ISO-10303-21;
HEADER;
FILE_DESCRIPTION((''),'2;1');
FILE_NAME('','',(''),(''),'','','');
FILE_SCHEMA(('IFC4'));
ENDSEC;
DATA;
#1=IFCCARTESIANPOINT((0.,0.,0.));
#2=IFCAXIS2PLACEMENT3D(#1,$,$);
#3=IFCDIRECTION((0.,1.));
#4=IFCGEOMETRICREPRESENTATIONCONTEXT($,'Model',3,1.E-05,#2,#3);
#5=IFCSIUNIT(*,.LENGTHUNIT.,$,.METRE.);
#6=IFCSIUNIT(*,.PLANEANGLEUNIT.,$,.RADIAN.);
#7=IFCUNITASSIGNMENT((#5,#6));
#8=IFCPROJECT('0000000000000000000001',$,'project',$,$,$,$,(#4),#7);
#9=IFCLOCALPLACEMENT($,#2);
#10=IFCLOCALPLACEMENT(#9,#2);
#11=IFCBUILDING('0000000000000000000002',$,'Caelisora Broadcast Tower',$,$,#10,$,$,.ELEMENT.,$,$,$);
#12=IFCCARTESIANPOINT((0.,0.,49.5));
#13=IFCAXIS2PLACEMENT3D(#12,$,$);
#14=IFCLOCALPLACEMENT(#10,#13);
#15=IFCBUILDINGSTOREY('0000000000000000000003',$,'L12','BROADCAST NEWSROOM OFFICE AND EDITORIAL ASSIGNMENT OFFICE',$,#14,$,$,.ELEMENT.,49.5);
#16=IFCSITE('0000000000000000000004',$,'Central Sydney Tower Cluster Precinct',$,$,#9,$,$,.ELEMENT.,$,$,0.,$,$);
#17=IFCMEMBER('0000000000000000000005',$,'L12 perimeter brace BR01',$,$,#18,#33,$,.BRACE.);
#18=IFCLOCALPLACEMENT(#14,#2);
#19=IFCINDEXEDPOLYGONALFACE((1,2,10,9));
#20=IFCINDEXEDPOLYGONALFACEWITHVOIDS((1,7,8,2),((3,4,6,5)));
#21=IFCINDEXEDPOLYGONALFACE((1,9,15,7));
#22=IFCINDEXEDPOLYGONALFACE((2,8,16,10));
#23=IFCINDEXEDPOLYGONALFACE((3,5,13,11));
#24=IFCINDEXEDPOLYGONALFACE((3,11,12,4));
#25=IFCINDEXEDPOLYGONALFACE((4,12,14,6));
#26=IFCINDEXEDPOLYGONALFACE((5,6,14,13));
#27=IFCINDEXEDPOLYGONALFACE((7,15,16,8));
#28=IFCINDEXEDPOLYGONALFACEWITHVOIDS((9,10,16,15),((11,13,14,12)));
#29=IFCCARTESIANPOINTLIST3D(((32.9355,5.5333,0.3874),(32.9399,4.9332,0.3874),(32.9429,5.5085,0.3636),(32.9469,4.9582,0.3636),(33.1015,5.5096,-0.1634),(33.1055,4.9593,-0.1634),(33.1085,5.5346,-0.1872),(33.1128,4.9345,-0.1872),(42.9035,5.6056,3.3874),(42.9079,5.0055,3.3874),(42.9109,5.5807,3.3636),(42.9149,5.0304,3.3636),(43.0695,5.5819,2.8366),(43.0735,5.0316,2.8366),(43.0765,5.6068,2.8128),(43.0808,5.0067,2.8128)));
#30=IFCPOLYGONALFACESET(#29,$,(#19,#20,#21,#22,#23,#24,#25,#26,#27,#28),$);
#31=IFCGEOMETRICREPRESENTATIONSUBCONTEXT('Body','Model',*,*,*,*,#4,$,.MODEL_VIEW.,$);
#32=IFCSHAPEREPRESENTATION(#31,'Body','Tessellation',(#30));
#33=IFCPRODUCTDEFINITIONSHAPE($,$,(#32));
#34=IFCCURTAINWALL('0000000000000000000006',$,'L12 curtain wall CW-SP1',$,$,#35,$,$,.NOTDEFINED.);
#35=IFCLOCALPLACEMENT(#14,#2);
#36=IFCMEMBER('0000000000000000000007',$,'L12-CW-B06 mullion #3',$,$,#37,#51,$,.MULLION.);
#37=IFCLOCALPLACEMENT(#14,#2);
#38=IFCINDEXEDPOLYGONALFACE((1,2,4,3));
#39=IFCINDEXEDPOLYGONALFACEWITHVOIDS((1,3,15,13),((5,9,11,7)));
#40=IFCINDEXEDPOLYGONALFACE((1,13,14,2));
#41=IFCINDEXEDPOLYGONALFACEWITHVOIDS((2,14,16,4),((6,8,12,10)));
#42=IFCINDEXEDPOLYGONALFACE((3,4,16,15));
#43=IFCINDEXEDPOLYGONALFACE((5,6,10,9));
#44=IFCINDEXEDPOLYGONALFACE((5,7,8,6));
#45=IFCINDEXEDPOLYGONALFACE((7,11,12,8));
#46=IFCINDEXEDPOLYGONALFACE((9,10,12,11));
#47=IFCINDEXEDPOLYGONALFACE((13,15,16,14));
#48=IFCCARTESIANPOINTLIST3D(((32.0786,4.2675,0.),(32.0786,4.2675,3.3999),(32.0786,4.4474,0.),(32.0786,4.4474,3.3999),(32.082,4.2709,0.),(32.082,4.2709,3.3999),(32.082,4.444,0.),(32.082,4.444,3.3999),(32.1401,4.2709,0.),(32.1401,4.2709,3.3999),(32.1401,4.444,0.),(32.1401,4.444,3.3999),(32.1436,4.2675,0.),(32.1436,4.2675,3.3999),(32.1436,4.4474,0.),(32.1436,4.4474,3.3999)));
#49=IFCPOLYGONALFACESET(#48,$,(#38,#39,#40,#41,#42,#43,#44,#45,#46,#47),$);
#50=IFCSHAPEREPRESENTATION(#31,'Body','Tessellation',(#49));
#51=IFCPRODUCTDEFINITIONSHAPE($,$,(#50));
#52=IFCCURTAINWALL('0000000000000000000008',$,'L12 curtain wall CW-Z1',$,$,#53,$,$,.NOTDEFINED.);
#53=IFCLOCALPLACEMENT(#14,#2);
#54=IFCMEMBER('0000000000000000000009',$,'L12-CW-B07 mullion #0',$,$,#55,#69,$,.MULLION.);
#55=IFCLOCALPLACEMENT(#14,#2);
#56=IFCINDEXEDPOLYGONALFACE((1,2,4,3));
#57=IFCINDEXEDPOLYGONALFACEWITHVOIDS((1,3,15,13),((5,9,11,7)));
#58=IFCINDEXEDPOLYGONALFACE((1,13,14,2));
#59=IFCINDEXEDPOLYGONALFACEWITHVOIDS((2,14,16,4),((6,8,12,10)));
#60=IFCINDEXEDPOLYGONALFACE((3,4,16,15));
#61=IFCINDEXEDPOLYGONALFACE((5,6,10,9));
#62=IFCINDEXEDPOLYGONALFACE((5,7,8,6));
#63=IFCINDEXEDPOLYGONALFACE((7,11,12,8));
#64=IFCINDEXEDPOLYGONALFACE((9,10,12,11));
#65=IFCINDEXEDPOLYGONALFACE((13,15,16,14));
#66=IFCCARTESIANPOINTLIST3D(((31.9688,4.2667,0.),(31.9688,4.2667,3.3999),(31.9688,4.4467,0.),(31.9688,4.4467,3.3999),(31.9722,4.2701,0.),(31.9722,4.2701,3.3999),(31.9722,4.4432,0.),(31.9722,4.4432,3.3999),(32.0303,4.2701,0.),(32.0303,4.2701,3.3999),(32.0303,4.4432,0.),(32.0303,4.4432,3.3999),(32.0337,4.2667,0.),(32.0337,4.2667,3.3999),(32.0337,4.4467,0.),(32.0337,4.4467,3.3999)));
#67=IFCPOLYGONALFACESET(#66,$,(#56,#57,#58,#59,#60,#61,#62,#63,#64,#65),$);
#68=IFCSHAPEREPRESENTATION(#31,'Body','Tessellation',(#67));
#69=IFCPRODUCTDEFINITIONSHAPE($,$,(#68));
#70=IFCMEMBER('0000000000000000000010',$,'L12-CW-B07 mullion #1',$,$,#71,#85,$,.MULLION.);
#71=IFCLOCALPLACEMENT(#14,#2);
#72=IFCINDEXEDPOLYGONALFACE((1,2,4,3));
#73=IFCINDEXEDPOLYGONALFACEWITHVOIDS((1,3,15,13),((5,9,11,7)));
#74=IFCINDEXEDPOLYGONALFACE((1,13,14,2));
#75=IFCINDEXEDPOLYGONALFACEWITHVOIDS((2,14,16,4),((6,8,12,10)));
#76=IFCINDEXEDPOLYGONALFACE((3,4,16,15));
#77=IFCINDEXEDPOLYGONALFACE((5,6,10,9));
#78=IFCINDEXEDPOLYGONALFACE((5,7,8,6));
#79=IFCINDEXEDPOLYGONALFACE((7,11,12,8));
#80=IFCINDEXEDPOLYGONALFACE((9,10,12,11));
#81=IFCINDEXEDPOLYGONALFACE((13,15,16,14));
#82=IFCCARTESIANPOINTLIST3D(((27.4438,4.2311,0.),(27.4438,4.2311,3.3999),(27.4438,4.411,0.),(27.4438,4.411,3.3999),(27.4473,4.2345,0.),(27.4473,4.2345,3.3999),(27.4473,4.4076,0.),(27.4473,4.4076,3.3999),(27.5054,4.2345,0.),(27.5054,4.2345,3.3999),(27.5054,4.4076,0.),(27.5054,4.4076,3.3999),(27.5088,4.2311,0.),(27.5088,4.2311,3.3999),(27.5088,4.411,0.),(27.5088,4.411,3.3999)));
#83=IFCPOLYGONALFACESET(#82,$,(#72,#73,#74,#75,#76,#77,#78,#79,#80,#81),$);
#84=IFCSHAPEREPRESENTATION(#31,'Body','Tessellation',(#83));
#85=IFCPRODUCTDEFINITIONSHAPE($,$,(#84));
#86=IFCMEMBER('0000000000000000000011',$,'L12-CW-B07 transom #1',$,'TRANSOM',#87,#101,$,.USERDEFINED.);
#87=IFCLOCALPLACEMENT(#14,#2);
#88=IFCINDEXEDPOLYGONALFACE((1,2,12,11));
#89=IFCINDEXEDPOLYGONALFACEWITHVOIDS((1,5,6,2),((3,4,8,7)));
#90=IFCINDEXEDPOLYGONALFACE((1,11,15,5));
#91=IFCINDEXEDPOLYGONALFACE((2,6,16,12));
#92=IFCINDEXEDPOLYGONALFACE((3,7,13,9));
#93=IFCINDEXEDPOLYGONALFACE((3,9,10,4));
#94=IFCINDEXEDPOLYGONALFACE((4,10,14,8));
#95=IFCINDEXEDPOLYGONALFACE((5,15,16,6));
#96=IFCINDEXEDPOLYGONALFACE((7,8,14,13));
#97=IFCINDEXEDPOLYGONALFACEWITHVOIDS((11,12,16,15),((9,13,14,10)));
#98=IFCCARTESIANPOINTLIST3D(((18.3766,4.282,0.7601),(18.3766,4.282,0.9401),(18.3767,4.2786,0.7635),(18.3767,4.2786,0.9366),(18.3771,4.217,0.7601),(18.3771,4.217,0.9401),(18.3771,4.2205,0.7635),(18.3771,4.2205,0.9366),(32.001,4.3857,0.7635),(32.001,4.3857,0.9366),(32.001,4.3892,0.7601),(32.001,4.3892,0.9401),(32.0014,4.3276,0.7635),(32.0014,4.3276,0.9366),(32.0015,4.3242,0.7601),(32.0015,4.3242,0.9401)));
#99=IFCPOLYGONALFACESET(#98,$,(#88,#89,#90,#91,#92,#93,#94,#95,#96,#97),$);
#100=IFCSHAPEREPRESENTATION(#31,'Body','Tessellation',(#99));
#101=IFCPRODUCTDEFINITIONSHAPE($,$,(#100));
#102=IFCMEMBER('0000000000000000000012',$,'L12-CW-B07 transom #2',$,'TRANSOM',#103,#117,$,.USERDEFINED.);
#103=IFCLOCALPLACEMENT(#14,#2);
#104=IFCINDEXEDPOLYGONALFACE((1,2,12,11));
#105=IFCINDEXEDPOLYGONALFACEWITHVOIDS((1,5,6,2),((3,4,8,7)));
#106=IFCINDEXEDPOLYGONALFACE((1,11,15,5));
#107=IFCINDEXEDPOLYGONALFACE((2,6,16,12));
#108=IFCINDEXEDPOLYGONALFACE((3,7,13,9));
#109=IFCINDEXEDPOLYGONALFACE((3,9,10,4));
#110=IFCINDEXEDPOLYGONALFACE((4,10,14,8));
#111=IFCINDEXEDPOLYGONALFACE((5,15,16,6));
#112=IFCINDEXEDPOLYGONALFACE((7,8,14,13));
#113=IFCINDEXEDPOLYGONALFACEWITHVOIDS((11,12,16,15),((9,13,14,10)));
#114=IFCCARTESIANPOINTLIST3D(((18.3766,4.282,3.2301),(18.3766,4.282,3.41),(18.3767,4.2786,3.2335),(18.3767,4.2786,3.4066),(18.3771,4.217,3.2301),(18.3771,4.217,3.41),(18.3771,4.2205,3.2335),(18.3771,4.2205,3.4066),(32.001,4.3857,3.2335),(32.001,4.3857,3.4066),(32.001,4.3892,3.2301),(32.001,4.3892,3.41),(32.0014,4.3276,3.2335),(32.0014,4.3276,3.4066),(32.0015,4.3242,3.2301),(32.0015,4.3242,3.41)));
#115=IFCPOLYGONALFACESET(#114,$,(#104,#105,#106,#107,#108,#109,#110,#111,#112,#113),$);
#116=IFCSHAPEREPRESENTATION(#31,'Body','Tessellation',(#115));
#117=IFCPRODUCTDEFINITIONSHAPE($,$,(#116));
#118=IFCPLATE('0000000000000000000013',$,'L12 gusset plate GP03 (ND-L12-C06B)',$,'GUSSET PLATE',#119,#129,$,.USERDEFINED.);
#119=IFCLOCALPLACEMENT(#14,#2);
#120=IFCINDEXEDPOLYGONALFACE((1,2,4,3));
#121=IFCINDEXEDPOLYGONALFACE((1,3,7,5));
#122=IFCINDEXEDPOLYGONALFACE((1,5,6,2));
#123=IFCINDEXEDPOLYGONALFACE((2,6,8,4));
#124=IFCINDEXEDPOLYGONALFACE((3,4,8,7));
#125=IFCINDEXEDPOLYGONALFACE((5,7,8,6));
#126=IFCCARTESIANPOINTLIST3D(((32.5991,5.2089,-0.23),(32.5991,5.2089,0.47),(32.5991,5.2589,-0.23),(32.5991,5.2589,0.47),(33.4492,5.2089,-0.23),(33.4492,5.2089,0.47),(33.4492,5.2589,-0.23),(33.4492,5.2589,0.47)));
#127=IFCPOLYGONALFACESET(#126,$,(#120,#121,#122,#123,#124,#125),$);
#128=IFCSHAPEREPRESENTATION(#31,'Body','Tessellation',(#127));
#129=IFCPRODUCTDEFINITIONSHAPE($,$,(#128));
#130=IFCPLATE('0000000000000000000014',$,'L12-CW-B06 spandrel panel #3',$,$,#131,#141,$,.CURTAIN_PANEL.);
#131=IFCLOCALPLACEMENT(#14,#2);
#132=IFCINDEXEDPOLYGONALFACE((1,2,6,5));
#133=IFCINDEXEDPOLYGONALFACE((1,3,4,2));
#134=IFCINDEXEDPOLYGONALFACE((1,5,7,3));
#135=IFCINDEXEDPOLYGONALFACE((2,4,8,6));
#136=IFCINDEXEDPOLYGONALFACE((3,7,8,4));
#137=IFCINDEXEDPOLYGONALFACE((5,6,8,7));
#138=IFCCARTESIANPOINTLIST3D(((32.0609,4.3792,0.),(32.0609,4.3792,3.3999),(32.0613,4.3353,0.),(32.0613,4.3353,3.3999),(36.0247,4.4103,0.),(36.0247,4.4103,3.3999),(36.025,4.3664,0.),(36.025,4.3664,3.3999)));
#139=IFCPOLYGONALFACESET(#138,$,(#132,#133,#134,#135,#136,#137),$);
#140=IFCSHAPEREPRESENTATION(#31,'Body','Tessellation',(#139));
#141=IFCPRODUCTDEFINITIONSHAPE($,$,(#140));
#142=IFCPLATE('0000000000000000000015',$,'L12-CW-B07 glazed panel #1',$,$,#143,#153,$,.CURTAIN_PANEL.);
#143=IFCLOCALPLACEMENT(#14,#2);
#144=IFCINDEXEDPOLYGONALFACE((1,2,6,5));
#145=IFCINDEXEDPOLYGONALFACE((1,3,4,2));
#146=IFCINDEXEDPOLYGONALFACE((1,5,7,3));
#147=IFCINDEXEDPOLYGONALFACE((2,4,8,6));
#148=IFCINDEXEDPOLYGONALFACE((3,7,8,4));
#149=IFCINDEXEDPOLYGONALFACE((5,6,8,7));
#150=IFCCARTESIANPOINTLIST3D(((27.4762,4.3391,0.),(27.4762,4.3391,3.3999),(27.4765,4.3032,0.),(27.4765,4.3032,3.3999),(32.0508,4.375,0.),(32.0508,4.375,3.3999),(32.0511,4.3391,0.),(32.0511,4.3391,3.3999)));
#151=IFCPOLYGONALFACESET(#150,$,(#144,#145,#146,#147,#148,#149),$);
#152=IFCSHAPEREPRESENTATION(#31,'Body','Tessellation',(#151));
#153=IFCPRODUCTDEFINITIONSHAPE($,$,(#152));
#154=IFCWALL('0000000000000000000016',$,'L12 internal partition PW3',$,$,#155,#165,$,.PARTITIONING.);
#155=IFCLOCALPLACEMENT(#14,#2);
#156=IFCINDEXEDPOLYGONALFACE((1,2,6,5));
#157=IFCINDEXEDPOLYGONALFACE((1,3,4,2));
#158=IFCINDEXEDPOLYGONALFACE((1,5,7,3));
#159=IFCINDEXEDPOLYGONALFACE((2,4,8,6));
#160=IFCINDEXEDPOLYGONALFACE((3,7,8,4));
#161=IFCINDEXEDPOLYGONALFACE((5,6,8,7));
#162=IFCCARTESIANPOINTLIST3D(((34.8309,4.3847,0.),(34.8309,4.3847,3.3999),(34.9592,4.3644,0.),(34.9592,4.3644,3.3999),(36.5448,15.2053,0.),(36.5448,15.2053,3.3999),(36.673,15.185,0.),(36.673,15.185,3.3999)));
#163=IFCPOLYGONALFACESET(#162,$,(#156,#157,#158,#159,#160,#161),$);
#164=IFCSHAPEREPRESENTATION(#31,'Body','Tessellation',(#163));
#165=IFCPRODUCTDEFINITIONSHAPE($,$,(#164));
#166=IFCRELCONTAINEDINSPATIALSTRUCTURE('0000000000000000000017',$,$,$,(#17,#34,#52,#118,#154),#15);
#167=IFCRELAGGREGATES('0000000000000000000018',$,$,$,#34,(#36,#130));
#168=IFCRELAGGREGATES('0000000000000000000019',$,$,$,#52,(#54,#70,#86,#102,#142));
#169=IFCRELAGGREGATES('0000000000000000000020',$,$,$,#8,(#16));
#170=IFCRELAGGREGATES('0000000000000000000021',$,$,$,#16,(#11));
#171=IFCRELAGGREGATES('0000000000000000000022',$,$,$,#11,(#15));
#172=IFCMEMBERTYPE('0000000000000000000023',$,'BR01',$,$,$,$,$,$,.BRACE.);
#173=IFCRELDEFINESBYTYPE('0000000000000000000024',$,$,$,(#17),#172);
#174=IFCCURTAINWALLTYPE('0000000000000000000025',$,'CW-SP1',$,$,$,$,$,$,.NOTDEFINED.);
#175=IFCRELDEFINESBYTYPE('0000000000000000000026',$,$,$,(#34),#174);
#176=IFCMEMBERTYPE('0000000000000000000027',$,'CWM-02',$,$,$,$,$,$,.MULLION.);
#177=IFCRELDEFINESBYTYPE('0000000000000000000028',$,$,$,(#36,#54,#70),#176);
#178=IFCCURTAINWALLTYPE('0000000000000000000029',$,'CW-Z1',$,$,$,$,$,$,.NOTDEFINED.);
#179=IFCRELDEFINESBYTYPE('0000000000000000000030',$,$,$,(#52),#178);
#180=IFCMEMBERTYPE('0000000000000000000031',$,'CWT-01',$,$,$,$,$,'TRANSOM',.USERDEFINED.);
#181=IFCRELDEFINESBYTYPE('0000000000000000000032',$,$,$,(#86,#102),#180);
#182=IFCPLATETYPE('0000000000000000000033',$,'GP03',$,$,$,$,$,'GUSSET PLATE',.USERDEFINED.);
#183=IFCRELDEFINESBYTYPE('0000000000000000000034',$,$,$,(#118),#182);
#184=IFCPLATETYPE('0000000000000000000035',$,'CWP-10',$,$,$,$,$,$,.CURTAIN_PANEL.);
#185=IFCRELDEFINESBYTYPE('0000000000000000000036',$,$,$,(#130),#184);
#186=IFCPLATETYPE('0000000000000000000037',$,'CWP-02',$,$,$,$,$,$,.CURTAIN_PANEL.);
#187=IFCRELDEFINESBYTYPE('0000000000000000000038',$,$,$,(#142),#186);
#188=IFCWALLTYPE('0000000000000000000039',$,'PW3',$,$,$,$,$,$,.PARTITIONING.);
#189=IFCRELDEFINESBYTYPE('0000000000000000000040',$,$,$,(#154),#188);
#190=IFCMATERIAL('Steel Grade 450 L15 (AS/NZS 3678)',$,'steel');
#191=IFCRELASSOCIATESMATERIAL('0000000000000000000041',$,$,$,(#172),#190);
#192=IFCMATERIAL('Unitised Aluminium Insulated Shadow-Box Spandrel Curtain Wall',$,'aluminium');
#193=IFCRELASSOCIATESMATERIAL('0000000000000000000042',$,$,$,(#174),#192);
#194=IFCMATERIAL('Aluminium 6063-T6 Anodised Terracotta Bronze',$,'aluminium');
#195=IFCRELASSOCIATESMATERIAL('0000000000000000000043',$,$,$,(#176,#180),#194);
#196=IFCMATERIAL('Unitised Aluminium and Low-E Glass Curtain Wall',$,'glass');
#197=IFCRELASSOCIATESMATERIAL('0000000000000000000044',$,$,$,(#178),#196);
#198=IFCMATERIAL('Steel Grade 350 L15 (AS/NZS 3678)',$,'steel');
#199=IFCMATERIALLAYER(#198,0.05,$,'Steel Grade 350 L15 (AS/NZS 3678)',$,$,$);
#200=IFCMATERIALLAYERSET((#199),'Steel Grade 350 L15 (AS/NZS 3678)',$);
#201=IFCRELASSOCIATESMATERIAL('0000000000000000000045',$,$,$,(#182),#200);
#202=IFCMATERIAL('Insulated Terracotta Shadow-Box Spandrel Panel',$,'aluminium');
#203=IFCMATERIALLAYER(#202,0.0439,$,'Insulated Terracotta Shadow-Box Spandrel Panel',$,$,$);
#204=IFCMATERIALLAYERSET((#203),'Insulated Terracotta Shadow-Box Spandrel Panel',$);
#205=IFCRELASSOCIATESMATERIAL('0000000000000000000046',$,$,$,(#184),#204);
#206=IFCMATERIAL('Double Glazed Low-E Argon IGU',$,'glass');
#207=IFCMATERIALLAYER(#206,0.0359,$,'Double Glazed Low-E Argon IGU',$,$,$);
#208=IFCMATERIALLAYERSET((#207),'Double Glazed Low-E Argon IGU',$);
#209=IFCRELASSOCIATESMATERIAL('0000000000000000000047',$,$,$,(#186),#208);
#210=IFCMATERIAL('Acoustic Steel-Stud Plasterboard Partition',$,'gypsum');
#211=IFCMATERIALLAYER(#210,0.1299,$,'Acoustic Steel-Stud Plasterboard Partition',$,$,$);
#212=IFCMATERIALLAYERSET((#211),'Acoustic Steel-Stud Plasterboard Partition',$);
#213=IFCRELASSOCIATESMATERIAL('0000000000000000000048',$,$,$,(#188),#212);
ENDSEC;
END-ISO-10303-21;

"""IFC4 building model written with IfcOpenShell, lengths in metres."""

from ifc_helpers import new_model, si_unit, direction, frame, frame_2d, origin, origin_2d, place, context, subcontext, project, spatial, rectangle, hollow_rectangle, extrude, source, transform, mapped, material, layer, layer_set, material_profile, profile_set, type_object, type_shapes, element, aggregate, save


model = new_model("IFC4")

# Units and contexts
model_context = context("Model", 3, precision=1e-05, world=origin(), true_north=direction((0.0, 1.0)))
body_context = subcontext(model_context, "Body", "Model", "MODEL_VIEW")
ifc_project = project(units=[si_unit("LENGTHUNIT", "METRE"), si_unit("PLANEANGLEUNIT", "RADIAN")], contexts=[model_context])

# Site, building, storey
site_placement = place(None, origin())
site = spatial("IfcSite", under=ifc_project, at=site_placement, Name="Central Sydney Tower Cluster Precinct", CompositionType="ELEMENT", RefElevation=0.0)
building_placement = place(site_placement, origin())
building = spatial("IfcBuilding", under=site, at=building_placement, Name="Caelisora Broadcast Tower", CompositionType="ELEMENT")
storey_placement = place(building_placement, frame((0.0, 0.0, 49.5)))
storey = spatial("IfcBuildingStorey", under=building, at=storey_placement, Name="L12", Description="BROADCAST NEWSROOM OFFICE AND EDITORIAL ASSIGNMENT OFFICE", CompositionType="ELEMENT", Elevation=49.5)

# Shared definitions
ifc_material_1 = material(Name="Steel Grade 350 L15 (AS/NZS 3678)", Category="steel")

# Member
ifc_material_2 = material(Name="Steel Grade 450 L15 (AS/NZS 3678)", Category="steel")
ifc_material_profile_1 = material_profile(ifc_material_2, hollow_rectangle(XDim=0.6001, YDim=0.6001, WallThickness=0.0249, at=origin_2d()), Name="Steel Grade 450 L15 (AS/NZS 3678)")
ifc_profile_set_1 = profile_set([ifc_material_profile_1], Name="Steel Grade 450 L15 (AS/NZS 3678)")
member_type_1 = type_object("IfcMemberType", Name="BR01", PredefinedType="BRACE", material=ifc_profile_set_1)
shared_shape_1 = source(origin(), body_context, "Body", "SweptSolid", [
    extrude(hollow_rectangle(XDim=0.6001, YDim=0.6001, WallThickness=0.0249, at=origin_2d()), origin(), (0.0, 0.0, 1.0), 10.4099),
])
type_shapes(member_type_1, [shared_shape_1])
member_1_placement = place(storey_placement, frame((33.0242, 5.2339, 0.1001), z_axis=(0.957549, 0.006942, 0.288186), x_axis=(-0.00725, 0.999974, 0.0)))
element("IfcMember", 1, at=member_1_placement, inside=storey, type_object=member_type_1, Name="L12 perimeter brace BR01", PredefinedType="BRACE", context=body_context, shape_type="MappedRepresentation", body=[
    mapped(shared_shape_1, transform((0.0, 0.0, 0.0), scale=1.0)),
])

# Curtain wall, member
ifc_material_3 = material(Name="Unitised Aluminium Insulated Shadow-Box Spandrel Curtain Wall", Category="aluminium")
curtain_wall_type_1 = type_object("IfcCurtainWallType", Name="CW-SP1", PredefinedType="NOTDEFINED", material=ifc_material_3)
curtain_wall_1_placement = place(storey_placement, origin())
curtain_wall_1 = element("IfcCurtainWall", 2, at=curtain_wall_1_placement, inside=storey, type_object=curtain_wall_type_1, Name="L12 curtain wall CW-SP1", PredefinedType="NOTDEFINED")
ifc_material_4 = material(Name="Aluminium 6063-T6 Anodised Terracotta Bronze", Category="aluminium")
ifc_material_profile_2 = material_profile(ifc_material_4, hollow_rectangle(XDim=0.0649, YDim=0.1799, WallThickness=0.0034, at=origin_2d()), Name="Aluminium 6063-T6 Anodised Terracotta Bronze")
ifc_profile_set_2 = profile_set([ifc_material_profile_2], Name="Aluminium 6063-T6 Anodised Terracotta Bronze")
member_type_2 = type_object("IfcMemberType", Name="CWM-02", PredefinedType="MULLION", material=ifc_profile_set_2)
shared_shape_2 = source(origin(), body_context, "Body", "SweptSolid", [
    extrude(hollow_rectangle(XDim=0.0649, YDim=0.1799, WallThickness=0.0034, at=origin_2d()), origin(), (0.0, 0.0, 1.0), 3.3999),
])
type_shapes(member_type_2, [shared_shape_2])
member_2_placement = place(storey_placement, frame((32.1111, 4.3574, 0.0), z_axis=(0.0, 0.0, 1.0), x_axis=(1.0, 0.0, 0.0)))
member_2 = element("IfcMember", 3, at=member_2_placement, type_object=member_type_2, Name="L12-CW-B06 mullion #3", PredefinedType="MULLION", context=body_context, shape_type="MappedRepresentation", body=[
    mapped(shared_shape_2, transform((0.0, 0.0, 0.0), scale=1.0)),
])

# Curtain wall, members
ifc_material_5 = material(Name="Unitised Aluminium and Low-E Glass Curtain Wall", Category="glass")
curtain_wall_type_2 = type_object("IfcCurtainWallType", Name="CW-Z1", PredefinedType="NOTDEFINED", material=ifc_material_5)
curtain_wall_2_placement = place(storey_placement, origin())
curtain_wall_2 = element("IfcCurtainWall", 4, at=curtain_wall_2_placement, inside=storey, type_object=curtain_wall_type_2, Name="L12 curtain wall CW-Z1", PredefinedType="NOTDEFINED")
member_3_placement = place(storey_placement, frame((32.0012, 4.3567, 0.0), z_axis=(0.0, 0.0, 1.0), x_axis=(1.0, 0.0, 0.0)))
member_3 = element("IfcMember", 5, at=member_3_placement, type_object=member_type_2, Name="L12-CW-B07 mullion #0", PredefinedType="MULLION", context=body_context, shape_type="MappedRepresentation", body=[
    mapped(shared_shape_2, transform((0.0, 0.0, 0.0), scale=1.0)),
])
member_4_placement = place(storey_placement, frame((27.4763, 4.321, 0.0), z_axis=(0.0, 0.0, 1.0), x_axis=(1.0, 0.0, 0.0)))
member_4 = element("IfcMember", 6, at=member_4_placement, type_object=member_type_2, Name="L12-CW-B07 mullion #1", PredefinedType="MULLION", context=body_context, shape_type="MappedRepresentation", body=[
    mapped(shared_shape_2, transform((0.0, 0.0, 0.0), scale=1.0)),
])
ifc_material_profile_3 = material_profile(ifc_material_4, hollow_rectangle(XDim=0.0649, YDim=0.1799, WallThickness=0.0034, at=origin_2d()), Name="Aluminium 6063-T6 Anodised Terracotta Bronze")
ifc_profile_set_3 = profile_set([ifc_material_profile_3], Name="Aluminium 6063-T6 Anodised Terracotta Bronze")
member_type_3 = type_object("IfcMemberType", Name="CWT-01", ElementType="TRANSOM", PredefinedType="USERDEFINED", material=ifc_profile_set_3)
shared_shape_3 = source(origin(), body_context, "Body", "SweptSolid", [
    extrude(hollow_rectangle(XDim=0.0649, YDim=0.1799, WallThickness=0.0034, at=origin_2d()), origin(), (0.0, 0.0, 1.0), 13.6248),
])
type_shapes(member_type_3, [shared_shape_3])
member_5_placement = place(storey_placement, frame((32.0012, 4.3567, 0.8501), z_axis=(-0.999969, -0.007866, 0.0), x_axis=(0.007866, -0.999969, 0.0)))
member_5 = element("IfcMember", 7, at=member_5_placement, type_object=member_type_3, Name="L12-CW-B07 transom #1", ObjectType="TRANSOM", PredefinedType="USERDEFINED", context=body_context, shape_type="MappedRepresentation", body=[
    mapped(shared_shape_3, transform((0.0, 0.0, 0.0), scale=1.0)),
])
member_6_placement = place(storey_placement, frame((32.0012, 4.3567, 3.3201), z_axis=(-0.999969, -0.007866, 0.0), x_axis=(0.007866, -0.999969, 0.0)))
member_6 = element("IfcMember", 8, at=member_6_placement, type_object=member_type_3, Name="L12-CW-B07 transom #2", ObjectType="TRANSOM", PredefinedType="USERDEFINED", context=body_context, shape_type="MappedRepresentation", body=[
    mapped(shared_shape_3, transform((0.0, 0.0, 0.0), scale=1.0)),
])

# Plates
ifc_layer_1 = layer(ifc_material_1, 0.05, Name="Steel Grade 350 L15 (AS/NZS 3678)")
ifc_layer_set_1 = layer_set([ifc_layer_1], Name="Steel Grade 350 L15 (AS/NZS 3678)")
plate_type_1 = type_object("IfcPlateType", Name="GP03", ElementType="GUSSET PLATE", PredefinedType="USERDEFINED", material=ifc_layer_set_1)
shared_shape_4 = source(origin(), body_context, "Body", "SweptSolid", [
    extrude(rectangle(XDim=0.8501, YDim=0.05, at=origin_2d()), origin(), (0.0, 0.0, 1.0), 0.7),
])
type_shapes(plate_type_1, [shared_shape_4])
plate_1_placement = place(storey_placement, frame((33.0242, 5.2339, -0.23), z_axis=(0.0, 0.0, 1.0), x_axis=(1.0, 0.0, 0.0)))
element("IfcPlate", 9, at=plate_1_placement, inside=storey, type_object=plate_type_1, Name="L12 gusset plate GP03 (ND-L12-C06B)", ObjectType="GUSSET PLATE", PredefinedType="USERDEFINED", context=body_context, shape_type="MappedRepresentation", body=[
    mapped(shared_shape_4, transform((0.0, 0.0, 0.0), scale=1.0)),
])
ifc_material_6 = material(Name="Insulated Terracotta Shadow-Box Spandrel Panel", Category="aluminium")
ifc_layer_2 = layer(ifc_material_6, 0.0439, Name="Insulated Terracotta Shadow-Box Spandrel Panel")
ifc_layer_set_2 = layer_set([ifc_layer_2], Name="Insulated Terracotta Shadow-Box Spandrel Panel")
plate_type_2 = type_object("IfcPlateType", Name="CWP-10", PredefinedType="CURTAIN_PANEL", material=ifc_layer_set_2)
shared_shape_5 = source(origin(), body_context, "Body", "SweptSolid", [
    extrude(rectangle(XDim=3.9639, YDim=0.0439, at=origin_2d()), origin(), (0.0, 0.0, 1.0), 3.3999),
])
type_shapes(plate_type_2, [shared_shape_5])
plate_2_placement = place(storey_placement, frame((34.043, 4.3728, 0.0), z_axis=(0.0, 0.0, 1.0), x_axis=(-0.999969, -0.007854, 0.0)))
plate_2 = element("IfcPlate", 10, at=plate_2_placement, type_object=plate_type_2, Name="L12-CW-B06 spandrel panel #3", PredefinedType="CURTAIN_PANEL", context=body_context, shape_type="MappedRepresentation", body=[
    mapped(shared_shape_5, transform((0.0, 0.0, 0.0), scale=1.0)),
])
aggregate(curtain_wall_1, [member_2, plate_2])
ifc_material_7 = material(Name="Double Glazed Low-E Argon IGU", Category="glass")
ifc_layer_3 = layer(ifc_material_7, 0.0359, Name="Double Glazed Low-E Argon IGU")
ifc_layer_set_3 = layer_set([ifc_layer_3], Name="Double Glazed Low-E Argon IGU")
plate_type_3 = type_object("IfcPlateType", Name="CWP-02", PredefinedType="CURTAIN_PANEL", material=ifc_layer_set_3)
shared_shape_6 = source(origin(), body_context, "Body", "SweptSolid", [
    extrude(rectangle(XDim=4.5747, YDim=0.0359, at=origin_2d()), origin(), (0.0, 0.0, 1.0), 3.3999),
])
type_shapes(plate_type_3, [shared_shape_6])
plate_3_placement = place(storey_placement, frame((29.7637, 4.3391, 0.0), z_axis=(0.0, 0.0, 1.0), x_axis=(-0.999969, -0.007854, 0.0)))
plate_3 = element("IfcPlate", 11, at=plate_3_placement, type_object=plate_type_3, Name="L12-CW-B07 glazed panel #1", PredefinedType="CURTAIN_PANEL", context=body_context, shape_type="MappedRepresentation", body=[
    mapped(shared_shape_6, transform((0.0, 0.0, 0.0), scale=1.0)),
])
aggregate(curtain_wall_2, [member_3, member_4, member_5, member_6, plate_3])

# Wall
ifc_material_8 = material(Name="Acoustic Steel-Stud Plasterboard Partition", Category="gypsum")
ifc_layer_4 = layer(ifc_material_8, 0.1299, Name="Acoustic Steel-Stud Plasterboard Partition")
ifc_layer_set_4 = layer_set([ifc_layer_4], Name="Acoustic Steel-Stud Plasterboard Partition")
wall_type = type_object("IfcWallType", Name="PW3", PredefinedType="PARTITIONING", material=ifc_layer_set_4)
wall_1_placement = place(storey_placement, frame((34.895, 4.3745, 0.0), z_axis=(0.0, 0.0, 1.0), x_axis=(0.15644, 0.987688, 0.0)))
element("IfcWall", 12, at=wall_1_placement, inside=storey, type_object=wall_type, Name="L12 internal partition PW3", PredefinedType="PARTITIONING", context=body_context, shape_type="SweptSolid", body=[
    extrude(rectangle(XDim=10.9556, YDim=0.1299, at=frame_2d((5.4778, 0.0))), origin(), (0.0, 0.0, 1.0), 3.3999),
])

save(model, "model.ifc")
